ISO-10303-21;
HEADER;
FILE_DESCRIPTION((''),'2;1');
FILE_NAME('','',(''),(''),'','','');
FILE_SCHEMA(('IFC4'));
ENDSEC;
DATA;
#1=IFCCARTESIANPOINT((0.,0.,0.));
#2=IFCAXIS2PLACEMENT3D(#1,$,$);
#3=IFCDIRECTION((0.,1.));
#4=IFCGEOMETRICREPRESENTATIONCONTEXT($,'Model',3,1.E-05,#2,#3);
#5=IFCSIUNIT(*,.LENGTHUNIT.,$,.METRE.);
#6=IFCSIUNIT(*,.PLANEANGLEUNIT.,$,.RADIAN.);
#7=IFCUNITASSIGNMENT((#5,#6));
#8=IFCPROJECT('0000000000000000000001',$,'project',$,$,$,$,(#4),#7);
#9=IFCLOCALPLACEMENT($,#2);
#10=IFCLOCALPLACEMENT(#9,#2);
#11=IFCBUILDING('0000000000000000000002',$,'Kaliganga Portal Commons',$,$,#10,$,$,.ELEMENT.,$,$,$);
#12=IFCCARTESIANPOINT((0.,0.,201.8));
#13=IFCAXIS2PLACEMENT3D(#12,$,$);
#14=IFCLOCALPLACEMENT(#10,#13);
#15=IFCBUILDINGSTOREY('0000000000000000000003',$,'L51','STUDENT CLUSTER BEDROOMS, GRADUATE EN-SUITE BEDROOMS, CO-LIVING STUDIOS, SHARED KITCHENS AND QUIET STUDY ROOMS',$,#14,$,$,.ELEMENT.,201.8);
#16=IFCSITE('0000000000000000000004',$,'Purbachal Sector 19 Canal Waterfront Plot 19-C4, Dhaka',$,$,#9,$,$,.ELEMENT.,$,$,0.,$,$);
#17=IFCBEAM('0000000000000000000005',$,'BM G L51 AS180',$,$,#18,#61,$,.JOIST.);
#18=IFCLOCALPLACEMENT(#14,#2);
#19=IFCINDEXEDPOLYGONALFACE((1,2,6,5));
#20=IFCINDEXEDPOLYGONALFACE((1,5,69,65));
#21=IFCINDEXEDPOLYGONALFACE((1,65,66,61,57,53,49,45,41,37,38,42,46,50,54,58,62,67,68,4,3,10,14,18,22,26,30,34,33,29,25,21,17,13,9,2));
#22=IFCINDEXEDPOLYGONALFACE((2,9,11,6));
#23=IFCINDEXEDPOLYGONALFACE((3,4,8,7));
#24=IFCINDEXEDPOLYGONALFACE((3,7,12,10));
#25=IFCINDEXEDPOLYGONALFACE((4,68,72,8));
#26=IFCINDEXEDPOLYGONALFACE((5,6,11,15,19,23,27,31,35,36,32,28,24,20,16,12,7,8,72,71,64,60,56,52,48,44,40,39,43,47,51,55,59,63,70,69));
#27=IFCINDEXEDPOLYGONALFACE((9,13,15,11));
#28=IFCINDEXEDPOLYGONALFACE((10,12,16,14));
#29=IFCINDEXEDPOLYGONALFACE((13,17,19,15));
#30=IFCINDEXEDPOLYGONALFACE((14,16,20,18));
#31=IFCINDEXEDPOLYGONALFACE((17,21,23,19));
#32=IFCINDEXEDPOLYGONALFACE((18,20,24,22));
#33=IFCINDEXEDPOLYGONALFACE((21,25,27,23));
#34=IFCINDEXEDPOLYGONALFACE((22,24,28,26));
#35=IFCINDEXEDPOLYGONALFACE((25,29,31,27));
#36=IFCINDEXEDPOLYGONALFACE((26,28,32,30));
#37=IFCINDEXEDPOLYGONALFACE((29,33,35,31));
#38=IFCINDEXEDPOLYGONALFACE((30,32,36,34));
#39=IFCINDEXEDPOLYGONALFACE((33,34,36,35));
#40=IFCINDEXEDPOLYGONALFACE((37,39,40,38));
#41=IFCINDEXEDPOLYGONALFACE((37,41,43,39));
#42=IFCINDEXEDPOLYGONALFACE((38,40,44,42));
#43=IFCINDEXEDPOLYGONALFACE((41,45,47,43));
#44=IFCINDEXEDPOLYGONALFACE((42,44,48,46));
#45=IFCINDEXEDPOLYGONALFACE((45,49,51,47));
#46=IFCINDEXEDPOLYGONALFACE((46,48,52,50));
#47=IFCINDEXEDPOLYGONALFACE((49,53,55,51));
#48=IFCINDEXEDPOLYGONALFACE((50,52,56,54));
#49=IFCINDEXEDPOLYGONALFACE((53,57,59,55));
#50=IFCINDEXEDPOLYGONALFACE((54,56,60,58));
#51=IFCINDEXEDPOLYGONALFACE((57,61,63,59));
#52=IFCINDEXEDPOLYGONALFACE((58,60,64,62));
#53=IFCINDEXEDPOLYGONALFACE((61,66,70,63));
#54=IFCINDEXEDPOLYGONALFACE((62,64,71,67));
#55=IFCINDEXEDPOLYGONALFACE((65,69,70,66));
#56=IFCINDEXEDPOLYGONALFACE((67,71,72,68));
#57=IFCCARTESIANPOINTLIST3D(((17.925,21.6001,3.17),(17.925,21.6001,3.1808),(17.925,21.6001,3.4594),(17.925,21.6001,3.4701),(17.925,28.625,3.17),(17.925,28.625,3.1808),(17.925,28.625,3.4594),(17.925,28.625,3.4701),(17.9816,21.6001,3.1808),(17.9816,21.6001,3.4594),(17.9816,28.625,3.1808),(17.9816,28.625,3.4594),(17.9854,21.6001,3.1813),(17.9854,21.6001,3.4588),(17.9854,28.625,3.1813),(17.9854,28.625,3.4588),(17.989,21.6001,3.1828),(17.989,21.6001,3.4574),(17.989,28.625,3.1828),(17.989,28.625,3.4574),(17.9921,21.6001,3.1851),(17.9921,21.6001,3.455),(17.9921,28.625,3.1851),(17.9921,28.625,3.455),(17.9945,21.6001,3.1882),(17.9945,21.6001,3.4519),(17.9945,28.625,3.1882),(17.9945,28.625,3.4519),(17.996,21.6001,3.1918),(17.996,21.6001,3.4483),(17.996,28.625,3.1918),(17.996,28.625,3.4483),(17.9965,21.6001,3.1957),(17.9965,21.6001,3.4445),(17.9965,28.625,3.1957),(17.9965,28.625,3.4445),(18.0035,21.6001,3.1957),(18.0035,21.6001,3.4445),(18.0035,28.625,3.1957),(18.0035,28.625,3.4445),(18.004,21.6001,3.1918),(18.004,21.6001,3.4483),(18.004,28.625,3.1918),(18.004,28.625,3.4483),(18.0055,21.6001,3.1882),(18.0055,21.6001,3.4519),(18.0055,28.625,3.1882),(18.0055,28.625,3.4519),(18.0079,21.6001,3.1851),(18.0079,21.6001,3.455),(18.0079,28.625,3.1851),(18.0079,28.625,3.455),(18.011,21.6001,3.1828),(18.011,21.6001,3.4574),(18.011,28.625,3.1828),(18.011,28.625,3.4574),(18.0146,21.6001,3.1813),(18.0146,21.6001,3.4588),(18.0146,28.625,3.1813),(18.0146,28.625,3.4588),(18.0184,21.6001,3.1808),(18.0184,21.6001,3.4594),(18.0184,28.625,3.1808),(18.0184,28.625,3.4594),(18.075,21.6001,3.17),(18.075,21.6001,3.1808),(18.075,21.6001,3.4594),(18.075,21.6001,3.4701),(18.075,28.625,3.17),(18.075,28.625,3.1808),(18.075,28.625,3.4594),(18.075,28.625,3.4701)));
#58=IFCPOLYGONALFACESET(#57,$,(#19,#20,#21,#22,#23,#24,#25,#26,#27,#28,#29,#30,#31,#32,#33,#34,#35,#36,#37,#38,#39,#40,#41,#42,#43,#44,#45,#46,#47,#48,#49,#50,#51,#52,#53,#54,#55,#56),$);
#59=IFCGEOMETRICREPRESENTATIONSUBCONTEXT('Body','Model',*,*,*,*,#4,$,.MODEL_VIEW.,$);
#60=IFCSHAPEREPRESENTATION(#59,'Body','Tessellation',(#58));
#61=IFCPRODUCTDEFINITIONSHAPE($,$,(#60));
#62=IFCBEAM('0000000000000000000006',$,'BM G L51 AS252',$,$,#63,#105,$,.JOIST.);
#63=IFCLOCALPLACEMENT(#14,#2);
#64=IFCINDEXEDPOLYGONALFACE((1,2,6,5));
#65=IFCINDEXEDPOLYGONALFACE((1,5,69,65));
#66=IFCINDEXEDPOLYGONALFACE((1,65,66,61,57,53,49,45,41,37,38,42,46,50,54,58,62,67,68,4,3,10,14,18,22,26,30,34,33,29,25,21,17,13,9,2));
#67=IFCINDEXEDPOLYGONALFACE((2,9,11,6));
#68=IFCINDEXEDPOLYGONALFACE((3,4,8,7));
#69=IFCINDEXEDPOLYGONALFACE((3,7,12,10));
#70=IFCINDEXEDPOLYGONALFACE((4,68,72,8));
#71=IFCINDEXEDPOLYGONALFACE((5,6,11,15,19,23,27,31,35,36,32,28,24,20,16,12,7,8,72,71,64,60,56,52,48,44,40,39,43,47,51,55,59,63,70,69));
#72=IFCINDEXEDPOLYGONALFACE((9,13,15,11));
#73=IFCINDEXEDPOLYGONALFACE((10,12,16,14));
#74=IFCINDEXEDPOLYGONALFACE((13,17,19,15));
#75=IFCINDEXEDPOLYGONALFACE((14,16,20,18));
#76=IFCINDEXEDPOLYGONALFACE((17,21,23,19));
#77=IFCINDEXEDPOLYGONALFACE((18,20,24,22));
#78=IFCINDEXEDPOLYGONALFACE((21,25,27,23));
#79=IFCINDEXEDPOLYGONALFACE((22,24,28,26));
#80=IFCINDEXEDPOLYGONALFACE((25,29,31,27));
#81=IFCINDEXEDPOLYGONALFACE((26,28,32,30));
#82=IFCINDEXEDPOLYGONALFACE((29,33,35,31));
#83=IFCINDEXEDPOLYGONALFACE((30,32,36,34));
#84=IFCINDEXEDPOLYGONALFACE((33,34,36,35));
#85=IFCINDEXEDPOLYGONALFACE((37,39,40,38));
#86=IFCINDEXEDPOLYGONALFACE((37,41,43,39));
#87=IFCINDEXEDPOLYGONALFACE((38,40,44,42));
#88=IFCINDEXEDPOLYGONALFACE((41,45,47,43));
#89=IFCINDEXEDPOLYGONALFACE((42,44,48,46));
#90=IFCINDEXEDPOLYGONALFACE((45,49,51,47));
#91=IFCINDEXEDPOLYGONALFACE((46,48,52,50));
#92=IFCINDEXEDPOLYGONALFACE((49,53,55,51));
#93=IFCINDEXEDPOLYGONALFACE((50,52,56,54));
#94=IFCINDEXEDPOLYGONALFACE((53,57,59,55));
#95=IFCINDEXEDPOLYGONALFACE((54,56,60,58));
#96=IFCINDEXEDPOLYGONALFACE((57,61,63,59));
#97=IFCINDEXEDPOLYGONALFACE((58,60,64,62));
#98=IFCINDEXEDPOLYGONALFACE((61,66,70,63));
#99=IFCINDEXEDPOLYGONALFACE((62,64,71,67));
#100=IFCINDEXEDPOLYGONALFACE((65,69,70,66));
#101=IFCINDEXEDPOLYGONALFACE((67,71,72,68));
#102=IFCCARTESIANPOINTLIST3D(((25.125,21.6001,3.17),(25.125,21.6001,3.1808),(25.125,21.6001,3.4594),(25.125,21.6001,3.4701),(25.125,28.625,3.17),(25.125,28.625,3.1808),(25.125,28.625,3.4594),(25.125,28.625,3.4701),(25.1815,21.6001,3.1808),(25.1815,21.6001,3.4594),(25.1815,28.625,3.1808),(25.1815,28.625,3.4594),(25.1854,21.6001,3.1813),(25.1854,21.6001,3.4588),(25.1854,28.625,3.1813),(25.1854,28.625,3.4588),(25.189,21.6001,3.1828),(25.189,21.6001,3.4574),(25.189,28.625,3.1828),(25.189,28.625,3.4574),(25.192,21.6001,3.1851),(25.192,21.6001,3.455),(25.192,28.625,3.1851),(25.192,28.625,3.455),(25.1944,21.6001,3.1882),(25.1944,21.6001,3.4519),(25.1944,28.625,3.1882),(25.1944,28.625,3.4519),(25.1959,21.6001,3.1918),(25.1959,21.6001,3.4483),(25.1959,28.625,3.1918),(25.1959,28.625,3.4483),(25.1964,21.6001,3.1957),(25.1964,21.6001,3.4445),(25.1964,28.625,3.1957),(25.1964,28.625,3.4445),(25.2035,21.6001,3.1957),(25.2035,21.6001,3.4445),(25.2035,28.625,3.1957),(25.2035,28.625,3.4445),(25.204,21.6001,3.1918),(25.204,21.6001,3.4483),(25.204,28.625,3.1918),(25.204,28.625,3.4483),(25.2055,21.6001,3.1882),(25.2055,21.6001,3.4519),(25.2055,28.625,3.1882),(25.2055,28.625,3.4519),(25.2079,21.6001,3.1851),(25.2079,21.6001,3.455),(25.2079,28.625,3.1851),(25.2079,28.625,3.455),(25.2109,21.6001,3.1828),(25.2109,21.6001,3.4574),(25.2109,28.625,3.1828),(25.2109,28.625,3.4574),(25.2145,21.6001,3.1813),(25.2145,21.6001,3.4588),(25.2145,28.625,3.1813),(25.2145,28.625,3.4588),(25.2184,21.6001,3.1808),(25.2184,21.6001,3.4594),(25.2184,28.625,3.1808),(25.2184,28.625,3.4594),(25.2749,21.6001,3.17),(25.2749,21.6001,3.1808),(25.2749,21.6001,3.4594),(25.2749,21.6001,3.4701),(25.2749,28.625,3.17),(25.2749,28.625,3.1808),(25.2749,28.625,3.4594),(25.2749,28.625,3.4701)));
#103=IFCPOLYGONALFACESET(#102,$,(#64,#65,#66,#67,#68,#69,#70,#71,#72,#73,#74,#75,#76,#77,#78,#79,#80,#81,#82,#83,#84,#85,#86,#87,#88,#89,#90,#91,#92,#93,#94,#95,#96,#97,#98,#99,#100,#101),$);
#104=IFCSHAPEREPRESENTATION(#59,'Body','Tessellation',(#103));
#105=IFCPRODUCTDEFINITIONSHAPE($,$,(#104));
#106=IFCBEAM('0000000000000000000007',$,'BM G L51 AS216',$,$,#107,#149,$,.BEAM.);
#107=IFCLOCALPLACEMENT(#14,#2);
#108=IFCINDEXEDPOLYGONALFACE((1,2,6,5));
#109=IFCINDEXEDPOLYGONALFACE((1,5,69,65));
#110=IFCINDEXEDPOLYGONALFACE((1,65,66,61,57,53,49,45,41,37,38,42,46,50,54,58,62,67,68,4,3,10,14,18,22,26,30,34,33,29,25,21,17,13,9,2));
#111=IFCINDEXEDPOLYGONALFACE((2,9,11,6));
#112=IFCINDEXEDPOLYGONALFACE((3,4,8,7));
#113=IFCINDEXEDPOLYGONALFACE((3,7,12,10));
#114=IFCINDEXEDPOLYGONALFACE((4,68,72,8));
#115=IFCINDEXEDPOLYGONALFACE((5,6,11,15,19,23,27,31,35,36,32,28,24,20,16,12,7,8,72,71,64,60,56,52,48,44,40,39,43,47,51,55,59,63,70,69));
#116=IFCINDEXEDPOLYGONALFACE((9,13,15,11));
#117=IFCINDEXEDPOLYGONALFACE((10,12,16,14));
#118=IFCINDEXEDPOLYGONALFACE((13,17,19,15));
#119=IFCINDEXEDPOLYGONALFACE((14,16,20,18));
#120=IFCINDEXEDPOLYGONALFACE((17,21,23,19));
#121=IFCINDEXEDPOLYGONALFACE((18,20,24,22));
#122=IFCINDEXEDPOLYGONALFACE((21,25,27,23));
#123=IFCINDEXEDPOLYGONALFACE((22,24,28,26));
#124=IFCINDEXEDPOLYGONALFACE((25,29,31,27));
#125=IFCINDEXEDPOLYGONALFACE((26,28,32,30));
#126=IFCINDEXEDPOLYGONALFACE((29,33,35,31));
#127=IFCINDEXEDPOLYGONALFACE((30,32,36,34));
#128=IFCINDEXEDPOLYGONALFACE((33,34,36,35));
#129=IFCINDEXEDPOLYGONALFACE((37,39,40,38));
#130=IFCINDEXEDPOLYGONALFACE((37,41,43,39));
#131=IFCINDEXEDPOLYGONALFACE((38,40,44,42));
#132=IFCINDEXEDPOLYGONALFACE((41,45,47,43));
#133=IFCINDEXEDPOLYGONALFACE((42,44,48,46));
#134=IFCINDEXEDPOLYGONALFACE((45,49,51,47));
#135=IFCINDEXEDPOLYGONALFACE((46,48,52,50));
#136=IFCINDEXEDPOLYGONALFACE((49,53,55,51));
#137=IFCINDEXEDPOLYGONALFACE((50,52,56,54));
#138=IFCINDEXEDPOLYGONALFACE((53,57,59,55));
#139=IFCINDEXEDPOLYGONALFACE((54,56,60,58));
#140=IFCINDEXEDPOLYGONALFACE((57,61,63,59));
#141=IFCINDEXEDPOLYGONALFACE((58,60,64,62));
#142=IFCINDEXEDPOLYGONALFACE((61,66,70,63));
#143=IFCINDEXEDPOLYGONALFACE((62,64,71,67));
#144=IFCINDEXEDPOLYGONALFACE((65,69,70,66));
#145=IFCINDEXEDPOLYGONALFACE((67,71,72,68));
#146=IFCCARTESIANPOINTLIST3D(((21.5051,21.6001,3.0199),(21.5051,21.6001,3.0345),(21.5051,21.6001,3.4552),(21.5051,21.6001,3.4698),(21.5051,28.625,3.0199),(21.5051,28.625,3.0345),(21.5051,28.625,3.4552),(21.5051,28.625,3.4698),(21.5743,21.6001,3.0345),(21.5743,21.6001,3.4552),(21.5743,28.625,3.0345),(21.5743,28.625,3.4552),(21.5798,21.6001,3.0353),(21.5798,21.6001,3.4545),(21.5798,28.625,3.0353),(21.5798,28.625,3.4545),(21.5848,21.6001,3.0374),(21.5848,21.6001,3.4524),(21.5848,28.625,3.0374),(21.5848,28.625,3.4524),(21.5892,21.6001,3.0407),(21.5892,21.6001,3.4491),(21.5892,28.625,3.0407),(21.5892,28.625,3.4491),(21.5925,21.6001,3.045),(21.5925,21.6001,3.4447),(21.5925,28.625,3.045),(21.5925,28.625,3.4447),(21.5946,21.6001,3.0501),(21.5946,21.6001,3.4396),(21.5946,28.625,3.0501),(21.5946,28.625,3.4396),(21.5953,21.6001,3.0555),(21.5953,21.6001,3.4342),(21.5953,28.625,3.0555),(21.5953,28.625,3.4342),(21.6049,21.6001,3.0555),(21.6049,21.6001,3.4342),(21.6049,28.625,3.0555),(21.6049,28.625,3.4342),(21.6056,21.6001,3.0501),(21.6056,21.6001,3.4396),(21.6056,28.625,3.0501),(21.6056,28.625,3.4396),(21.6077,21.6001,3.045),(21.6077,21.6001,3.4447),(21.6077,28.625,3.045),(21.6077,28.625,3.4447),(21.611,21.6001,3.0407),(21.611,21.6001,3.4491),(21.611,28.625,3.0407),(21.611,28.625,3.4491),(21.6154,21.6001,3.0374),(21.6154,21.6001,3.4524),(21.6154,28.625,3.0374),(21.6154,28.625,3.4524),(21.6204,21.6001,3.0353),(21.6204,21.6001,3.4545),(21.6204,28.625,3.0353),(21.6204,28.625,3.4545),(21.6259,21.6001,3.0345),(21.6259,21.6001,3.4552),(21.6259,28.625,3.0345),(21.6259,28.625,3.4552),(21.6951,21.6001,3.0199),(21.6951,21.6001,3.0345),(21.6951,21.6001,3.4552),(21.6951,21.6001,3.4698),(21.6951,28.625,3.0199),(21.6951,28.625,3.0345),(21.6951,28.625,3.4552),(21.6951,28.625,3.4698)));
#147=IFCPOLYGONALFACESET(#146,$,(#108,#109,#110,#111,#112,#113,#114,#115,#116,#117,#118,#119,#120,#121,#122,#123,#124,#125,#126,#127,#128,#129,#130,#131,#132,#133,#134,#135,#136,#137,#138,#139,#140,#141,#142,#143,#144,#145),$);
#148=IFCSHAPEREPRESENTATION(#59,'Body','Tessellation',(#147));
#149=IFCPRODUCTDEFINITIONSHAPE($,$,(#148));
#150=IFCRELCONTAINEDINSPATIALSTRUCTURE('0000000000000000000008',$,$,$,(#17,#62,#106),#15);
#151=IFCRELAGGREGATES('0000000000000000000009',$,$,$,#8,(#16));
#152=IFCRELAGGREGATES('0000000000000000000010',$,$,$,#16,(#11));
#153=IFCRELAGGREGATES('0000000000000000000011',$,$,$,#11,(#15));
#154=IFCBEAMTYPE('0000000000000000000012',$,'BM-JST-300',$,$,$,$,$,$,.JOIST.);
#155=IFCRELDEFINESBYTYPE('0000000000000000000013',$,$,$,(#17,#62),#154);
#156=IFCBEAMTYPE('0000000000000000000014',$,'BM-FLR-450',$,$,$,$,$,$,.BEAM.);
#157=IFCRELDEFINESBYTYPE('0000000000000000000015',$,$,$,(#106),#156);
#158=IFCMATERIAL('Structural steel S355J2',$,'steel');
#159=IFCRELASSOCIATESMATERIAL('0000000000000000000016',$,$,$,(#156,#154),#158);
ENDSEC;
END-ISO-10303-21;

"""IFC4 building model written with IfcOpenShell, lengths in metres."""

from ifc_helpers import new_model, si_unit, direction, frame, origin, origin_2d, place, context, subcontext, project, spatial, i_section, extrude, source, transform, mapped, material, material_profile, profile_set, type_object, element, save


model = new_model("IFC4")

# Units and contexts
model_context = context("Model", 3, precision=1e-05, world=origin(), true_north=direction((0.0, 1.0)))
body_context = subcontext(model_context, "Body", "Model", "MODEL_VIEW")
ifc_project = project(units=[si_unit("LENGTHUNIT", "METRE"), si_unit("PLANEANGLEUNIT", "RADIAN")], contexts=[model_context])

# Site, building, storey
site_placement = place(None, origin())
site = spatial("IfcSite", under=ifc_project, at=site_placement, Name="Purbachal Sector 19 Canal Waterfront Plot 19-C4, Dhaka", CompositionType="ELEMENT", RefElevation=0.0)
building_placement = place(site_placement, origin())
building = spatial("IfcBuilding", under=site, at=building_placement, Name="Kaliganga Portal Commons", CompositionType="ELEMENT")
storey_placement = place(building_placement, frame((0.0, 0.0, 201.8)))
storey = spatial("IfcBuildingStorey", under=building, at=storey_placement, Name="L51", Description="STUDENT CLUSTER BEDROOMS, GRADUATE EN-SUITE BEDROOMS, CO-LIVING STUDIOS, SHARED KITCHENS AND QUIET STUDY ROOMS", CompositionType="ELEMENT", Elevation=201.8)

# Shared definitions
ifc_material_1 = material(Name="Structural steel S355J2", Category="steel")

# Beams
ifc_material_profile_1 = material_profile(ifc_material_1, i_section(OverallWidth=0.1899, OverallDepth=0.45, WebThickness=0.0095, FlangeThickness=0.0146, FilletRadius=0.021, at=origin_2d()), Name="IPE 450")
ifc_profile_set_1 = profile_set([ifc_material_profile_1], Name="Structural steel S355J2 wide-flange")
beam_type_1 = type_object("IfcBeamType", Name="BM-FLR-450", PredefinedType="BEAM", material=ifc_profile_set_1)
ifc_material_profile_2 = material_profile(ifc_material_1, i_section(OverallWidth=0.1499, OverallDepth=0.3, WebThickness=0.0071, FlangeThickness=0.0107, FilletRadius=0.0149, at=origin_2d()), Name="IPE 300")
ifc_profile_set_2 = profile_set([ifc_material_profile_2], Name="Structural steel S355J2 wide-flange")
beam_type_2 = type_object("IfcBeamType", Name="BM-JST-300", PredefinedType="JOIST", material=ifc_profile_set_2)
shared_shape_1 = source(origin(), body_context, "Body", "SweptSolid", [
    extrude(i_section(OverallWidth=0.1499, OverallDepth=0.3, WebThickness=0.0071, FlangeThickness=0.0107, FilletRadius=0.0149, at=origin_2d()), origin(), (0.0, 0.0, 1.0), 7.0249),
])
for number, where, z_axis, x_axis, name in (
    (1, (18.0, 21.6001, 3.3201), (0.0, 1.0, 0.0), (-1.0, 0.0, 0.0), "BM G L51 AS180"),
    (2, (25.2, 21.6001, 3.3201), (0.0, 1.0, 0.0), (-1.0, 0.0, 0.0), "BM G L51 AS252"),
):
    element("IfcBeam", number, at=place(storey_placement, frame(where, z_axis=z_axis, x_axis=x_axis)), inside=storey, type_object=beam_type_2, Name=name, PredefinedType="JOIST", context=body_context, shape_type="MappedRepresentation", body=[
        mapped(shared_shape_1, transform((0.0, 0.0, 0.0), x_axis=(1.0, 0.0, 0.0), y_axis=(0.0, 1.0, 0.0), z_axis=(0.0, 0.0, 1.0), scale=1.0)),
    ])
shared_shape_2 = source(origin(), body_context, "Body", "SweptSolid", [
    extrude(i_section(OverallWidth=0.1899, OverallDepth=0.45, WebThickness=0.0095, FlangeThickness=0.0146, FilletRadius=0.021, at=origin_2d()), origin(), (0.0, 0.0, 1.0), 7.0249),
])
beam_1_placement = place(storey_placement, frame((21.6001, 21.6001, 3.2449), z_axis=(0.0, 1.0, 0.0), x_axis=(-1.0, 0.0, 0.0)))
element("IfcBeam", 3, at=beam_1_placement, inside=storey, type_object=beam_type_1, Name="BM G L51 AS216", PredefinedType="BEAM", context=body_context, shape_type="MappedRepresentation", body=[
    mapped(shared_shape_2, transform((0.0, 0.0, 0.0), x_axis=(1.0, 0.0, 0.0), y_axis=(0.0, 1.0, 0.0), z_axis=(0.0, 0.0, 1.0), scale=1.0)),
])

save(model, "model.ifc")
